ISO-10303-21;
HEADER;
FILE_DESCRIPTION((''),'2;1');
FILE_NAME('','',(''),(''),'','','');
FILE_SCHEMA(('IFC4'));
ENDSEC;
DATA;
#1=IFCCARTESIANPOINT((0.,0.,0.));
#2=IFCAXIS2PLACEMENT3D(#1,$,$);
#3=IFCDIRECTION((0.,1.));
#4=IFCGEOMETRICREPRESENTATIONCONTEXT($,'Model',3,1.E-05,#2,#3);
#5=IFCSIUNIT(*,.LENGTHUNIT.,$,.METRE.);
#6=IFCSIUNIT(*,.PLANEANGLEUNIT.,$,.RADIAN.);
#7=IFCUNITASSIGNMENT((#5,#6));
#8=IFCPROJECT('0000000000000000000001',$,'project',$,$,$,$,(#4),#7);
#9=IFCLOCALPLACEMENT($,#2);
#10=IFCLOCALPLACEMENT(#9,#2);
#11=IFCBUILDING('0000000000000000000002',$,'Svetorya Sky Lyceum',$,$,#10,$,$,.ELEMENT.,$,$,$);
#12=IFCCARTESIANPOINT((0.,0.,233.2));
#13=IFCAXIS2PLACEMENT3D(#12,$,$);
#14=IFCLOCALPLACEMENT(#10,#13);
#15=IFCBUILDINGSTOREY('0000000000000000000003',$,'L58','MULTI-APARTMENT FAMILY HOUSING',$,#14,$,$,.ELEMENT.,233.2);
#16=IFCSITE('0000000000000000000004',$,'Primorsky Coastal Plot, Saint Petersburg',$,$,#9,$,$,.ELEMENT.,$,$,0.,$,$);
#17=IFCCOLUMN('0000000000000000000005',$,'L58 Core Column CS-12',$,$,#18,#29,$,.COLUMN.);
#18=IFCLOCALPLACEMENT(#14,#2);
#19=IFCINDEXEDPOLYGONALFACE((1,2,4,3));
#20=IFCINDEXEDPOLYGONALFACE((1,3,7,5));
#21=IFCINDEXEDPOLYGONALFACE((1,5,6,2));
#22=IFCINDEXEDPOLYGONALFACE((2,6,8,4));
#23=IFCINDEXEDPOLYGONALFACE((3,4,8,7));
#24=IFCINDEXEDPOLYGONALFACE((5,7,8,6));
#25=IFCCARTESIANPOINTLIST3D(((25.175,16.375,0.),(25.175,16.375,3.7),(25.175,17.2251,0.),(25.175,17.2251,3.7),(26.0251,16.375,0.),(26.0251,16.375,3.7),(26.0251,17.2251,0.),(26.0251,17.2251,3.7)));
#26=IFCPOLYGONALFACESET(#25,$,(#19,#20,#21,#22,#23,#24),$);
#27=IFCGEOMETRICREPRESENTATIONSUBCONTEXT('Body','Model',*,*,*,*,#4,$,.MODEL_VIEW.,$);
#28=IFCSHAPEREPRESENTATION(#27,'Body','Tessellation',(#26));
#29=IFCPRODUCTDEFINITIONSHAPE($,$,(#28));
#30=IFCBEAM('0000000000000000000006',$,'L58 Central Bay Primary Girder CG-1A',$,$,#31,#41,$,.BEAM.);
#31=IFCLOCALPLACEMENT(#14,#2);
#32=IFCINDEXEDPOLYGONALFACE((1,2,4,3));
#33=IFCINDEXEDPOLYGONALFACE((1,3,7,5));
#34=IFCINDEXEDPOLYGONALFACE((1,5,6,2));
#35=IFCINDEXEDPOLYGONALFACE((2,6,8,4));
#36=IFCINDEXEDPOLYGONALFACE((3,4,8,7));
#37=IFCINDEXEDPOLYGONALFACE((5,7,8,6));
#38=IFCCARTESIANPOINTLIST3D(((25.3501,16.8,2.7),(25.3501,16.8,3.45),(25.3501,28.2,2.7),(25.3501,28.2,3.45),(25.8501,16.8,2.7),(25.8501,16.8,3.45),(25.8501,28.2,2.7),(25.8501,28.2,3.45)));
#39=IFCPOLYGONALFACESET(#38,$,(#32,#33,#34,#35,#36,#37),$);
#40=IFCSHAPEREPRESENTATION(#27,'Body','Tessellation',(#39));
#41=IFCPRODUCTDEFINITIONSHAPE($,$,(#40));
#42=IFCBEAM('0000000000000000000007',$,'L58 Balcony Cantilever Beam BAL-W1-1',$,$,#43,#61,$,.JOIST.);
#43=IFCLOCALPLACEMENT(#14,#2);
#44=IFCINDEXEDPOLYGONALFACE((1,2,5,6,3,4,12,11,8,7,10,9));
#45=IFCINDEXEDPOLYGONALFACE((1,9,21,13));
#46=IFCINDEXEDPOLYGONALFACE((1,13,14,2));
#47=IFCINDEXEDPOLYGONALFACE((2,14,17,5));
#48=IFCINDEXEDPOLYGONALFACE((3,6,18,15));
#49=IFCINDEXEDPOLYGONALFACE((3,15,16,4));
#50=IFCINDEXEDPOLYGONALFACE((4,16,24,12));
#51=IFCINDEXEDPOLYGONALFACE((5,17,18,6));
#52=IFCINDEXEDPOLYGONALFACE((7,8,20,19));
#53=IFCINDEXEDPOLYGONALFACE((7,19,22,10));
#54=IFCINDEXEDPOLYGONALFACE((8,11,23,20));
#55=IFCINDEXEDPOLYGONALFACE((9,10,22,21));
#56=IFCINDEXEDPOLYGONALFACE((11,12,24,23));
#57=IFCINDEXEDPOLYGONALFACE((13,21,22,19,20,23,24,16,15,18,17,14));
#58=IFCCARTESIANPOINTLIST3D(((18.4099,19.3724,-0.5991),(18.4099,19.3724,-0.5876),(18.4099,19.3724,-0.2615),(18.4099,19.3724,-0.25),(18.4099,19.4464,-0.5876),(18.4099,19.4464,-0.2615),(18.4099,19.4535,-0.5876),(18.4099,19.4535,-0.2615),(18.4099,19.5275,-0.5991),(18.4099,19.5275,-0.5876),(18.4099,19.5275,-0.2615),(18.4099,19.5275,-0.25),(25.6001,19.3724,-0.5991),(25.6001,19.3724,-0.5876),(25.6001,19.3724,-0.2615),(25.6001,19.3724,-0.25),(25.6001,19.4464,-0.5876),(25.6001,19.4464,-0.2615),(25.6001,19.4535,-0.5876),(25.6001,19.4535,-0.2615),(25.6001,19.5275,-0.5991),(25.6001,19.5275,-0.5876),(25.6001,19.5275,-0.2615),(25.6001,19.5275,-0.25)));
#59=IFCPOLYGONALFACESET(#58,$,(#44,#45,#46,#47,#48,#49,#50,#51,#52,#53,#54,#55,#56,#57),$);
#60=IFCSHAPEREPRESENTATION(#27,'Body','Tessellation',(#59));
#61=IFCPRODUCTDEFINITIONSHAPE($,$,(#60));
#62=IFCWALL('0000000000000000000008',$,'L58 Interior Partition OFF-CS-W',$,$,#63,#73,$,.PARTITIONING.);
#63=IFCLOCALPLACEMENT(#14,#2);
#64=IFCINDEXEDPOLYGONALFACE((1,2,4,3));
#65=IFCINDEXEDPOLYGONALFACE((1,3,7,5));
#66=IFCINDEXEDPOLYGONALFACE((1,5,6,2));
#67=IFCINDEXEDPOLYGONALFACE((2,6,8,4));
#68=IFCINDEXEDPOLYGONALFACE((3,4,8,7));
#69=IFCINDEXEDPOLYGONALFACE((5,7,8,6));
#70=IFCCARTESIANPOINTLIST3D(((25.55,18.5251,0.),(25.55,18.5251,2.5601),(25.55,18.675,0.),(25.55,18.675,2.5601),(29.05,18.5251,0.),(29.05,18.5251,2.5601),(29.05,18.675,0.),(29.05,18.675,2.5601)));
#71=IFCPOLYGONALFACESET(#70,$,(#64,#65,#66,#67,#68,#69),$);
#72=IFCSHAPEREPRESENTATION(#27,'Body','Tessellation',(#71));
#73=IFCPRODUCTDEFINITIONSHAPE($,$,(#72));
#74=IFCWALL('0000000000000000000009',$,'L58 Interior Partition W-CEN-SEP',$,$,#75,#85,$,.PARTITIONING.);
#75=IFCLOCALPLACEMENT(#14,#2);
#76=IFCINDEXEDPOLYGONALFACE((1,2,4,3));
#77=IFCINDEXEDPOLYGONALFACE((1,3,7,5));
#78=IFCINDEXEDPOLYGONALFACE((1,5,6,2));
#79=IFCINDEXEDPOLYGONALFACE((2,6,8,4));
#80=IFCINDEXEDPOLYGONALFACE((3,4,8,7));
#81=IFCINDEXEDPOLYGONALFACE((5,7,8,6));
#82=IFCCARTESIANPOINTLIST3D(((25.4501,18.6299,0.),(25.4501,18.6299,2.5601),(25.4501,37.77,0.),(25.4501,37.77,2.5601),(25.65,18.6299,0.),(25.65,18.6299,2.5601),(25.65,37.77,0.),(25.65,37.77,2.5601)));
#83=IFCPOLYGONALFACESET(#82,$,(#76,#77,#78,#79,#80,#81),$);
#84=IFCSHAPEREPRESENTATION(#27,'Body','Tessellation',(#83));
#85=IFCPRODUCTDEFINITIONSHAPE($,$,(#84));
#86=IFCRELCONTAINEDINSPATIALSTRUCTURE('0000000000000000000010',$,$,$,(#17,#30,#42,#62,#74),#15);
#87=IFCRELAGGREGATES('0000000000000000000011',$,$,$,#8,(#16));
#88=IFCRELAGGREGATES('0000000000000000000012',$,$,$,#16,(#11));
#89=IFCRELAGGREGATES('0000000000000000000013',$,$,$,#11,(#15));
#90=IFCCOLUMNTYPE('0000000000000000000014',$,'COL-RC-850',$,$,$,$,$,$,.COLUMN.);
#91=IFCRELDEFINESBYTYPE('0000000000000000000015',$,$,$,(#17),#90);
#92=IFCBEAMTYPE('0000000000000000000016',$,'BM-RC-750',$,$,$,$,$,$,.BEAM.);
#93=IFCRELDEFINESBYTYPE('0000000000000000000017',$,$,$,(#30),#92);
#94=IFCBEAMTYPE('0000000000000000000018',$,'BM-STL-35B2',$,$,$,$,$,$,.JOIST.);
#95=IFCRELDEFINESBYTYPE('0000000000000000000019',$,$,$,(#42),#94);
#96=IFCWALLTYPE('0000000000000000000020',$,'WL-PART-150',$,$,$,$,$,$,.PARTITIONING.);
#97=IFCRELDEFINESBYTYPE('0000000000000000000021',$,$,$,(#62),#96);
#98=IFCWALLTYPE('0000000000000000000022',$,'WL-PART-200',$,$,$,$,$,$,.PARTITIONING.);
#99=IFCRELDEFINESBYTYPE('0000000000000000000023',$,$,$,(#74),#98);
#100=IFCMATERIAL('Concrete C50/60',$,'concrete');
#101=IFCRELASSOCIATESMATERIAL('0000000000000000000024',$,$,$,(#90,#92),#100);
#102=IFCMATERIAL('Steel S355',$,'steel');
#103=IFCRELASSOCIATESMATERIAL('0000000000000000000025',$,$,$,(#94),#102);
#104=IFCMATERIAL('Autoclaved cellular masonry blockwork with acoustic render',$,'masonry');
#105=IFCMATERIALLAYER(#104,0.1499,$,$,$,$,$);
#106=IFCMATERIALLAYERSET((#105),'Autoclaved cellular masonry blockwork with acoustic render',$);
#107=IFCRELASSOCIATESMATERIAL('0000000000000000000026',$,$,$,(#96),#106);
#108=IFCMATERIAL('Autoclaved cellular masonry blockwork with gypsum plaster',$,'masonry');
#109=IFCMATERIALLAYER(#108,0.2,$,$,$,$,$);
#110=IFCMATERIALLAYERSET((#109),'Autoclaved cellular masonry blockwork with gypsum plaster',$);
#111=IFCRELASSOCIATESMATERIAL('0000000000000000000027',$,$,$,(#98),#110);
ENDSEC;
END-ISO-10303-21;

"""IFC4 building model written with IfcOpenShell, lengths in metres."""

from ifc_helpers import new_model, si_unit, direction, frame, frame_2d, origin, origin_2d, place, context, subcontext, project, spatial, rectangle, i_section, extrude, material, layer, layer_set, material_profile, profile_set, type_object, element, save


model = new_model("IFC4")

# Units and contexts
model_context = context("Model", 3, precision=1e-05, world=origin(), true_north=direction((0.0, 1.0)))
body_context = subcontext(model_context, "Body", "Model", "MODEL_VIEW")
ifc_project = project(units=[si_unit("LENGTHUNIT", "METRE"), si_unit("PLANEANGLEUNIT", "RADIAN")], contexts=[model_context])

# Site, building, storey
site_placement = place(None, origin())
site = spatial("IfcSite", under=ifc_project, at=site_placement, Name="Primorsky Coastal Plot, Saint Petersburg", CompositionType="ELEMENT", RefElevation=0.0)
building_placement = place(site_placement, origin())
building = spatial("IfcBuilding", under=site, at=building_placement, Name="Svetorya Sky Lyceum", CompositionType="ELEMENT")
storey_placement = place(building_placement, frame((0.0, 0.0, 233.2)))
storey = spatial("IfcBuildingStorey", under=building, at=storey_placement, Name="L58", Description="MULTI-APARTMENT FAMILY HOUSING", CompositionType="ELEMENT", Elevation=233.2)

# Column
ifc_material_1 = material(Name="Concrete C50/60", Category="concrete")
ifc_material_profile_1 = material_profile(ifc_material_1, rectangle(XDim=0.8501, YDim=0.8501, at=origin_2d()), Name="RC COL 850x850")
ifc_profile_set_1 = profile_set([ifc_material_profile_1], Name="Concrete C50/60")
column_type = type_object("IfcColumnType", Name="COL-RC-850", PredefinedType="COLUMN", material=ifc_profile_set_1)
column_placement = place(storey_placement, frame((25.6001, 16.8, 0.0), z_axis=(0.0, 0.0, 1.0), x_axis=(1.0, 0.0, 0.0)))
element("IfcColumn", 1, at=column_placement, inside=storey, type_object=column_type, Name="L58 Core Column CS-12", PredefinedType="COLUMN", context=body_context, shape_type="SweptSolid", body=[
    extrude(rectangle(XDim=0.8501, YDim=0.8501, at=origin_2d()), origin(), (0.0, 0.0, 1.0), 3.7),
])

# Beams
ifc_material_profile_2 = material_profile(ifc_material_1, rectangle(XDim=0.5, YDim=0.75, at=origin_2d()), Name="RC BEAM 500x750")
ifc_profile_set_2 = profile_set([ifc_material_profile_2], Name="Concrete C50/60")
beam_type_1 = type_object("IfcBeamType", Name="BM-RC-750", PredefinedType="BEAM", material=ifc_profile_set_2)
beam_1_placement = place(storey_placement, frame((25.6001, 16.8, 3.075), z_axis=(0.0, 1.0, 0.0), x_axis=(-1.0, 0.0, 0.0)))
element("IfcBeam", 2, at=beam_1_placement, inside=storey, type_object=beam_type_1, Name="L58 Central Bay Primary Girder CG-1A", PredefinedType="BEAM", context=body_context, shape_type="SweptSolid", body=[
    extrude(rectangle(XDim=0.5, YDim=0.75, at=origin_2d()), origin(), (0.0, 0.0, 1.0), 11.3999),
])
ifc_material_2 = material(Name="Steel S355", Category="steel")
ifc_material_profile_3 = material_profile(ifc_material_2, i_section(OverallWidth=0.155, OverallDepth=0.3491, WebThickness=0.0071, FlangeThickness=0.0115, at=origin_2d()), Name="GOST 35B2")
ifc_profile_set_3 = profile_set([ifc_material_profile_3], Name="Steel S355")
beam_type_2 = type_object("IfcBeamType", Name="BM-STL-35B2", PredefinedType="JOIST", material=ifc_profile_set_3)
beam_2_placement = place(storey_placement, frame((25.6001, 19.45, -0.4246), z_axis=(-1.0, 0.0, 0.0), x_axis=(0.0, -1.0, 0.0)))
element("IfcBeam", 3, at=beam_2_placement, inside=storey, type_object=beam_type_2, Name="L58 Balcony Cantilever Beam BAL-W1-1", PredefinedType="JOIST", context=body_context, shape_type="SweptSolid", body=[
    extrude(i_section(OverallWidth=0.155, OverallDepth=0.3491, WebThickness=0.0071, FlangeThickness=0.0115, at=origin_2d()), origin(), (0.0, 0.0, 1.0), 7.1902),
])

# Walls
ifc_material_3 = material(Name="Autoclaved cellular masonry blockwork with acoustic render", Category="masonry")
ifc_layer_1 = layer(ifc_material_3, 0.1499)
ifc_layer_set_1 = layer_set([ifc_layer_1], Name="Autoclaved cellular masonry blockwork with acoustic render")
wall_type_1 = type_object("IfcWallType", Name="WL-PART-150", PredefinedType="PARTITIONING", material=ifc_layer_set_1)
wall_1_placement = place(storey_placement, frame((25.55, 18.6001, 0.0), z_axis=(0.0, 0.0, 1.0), x_axis=(1.0, 0.0, 0.0)))
element("IfcWall", 4, at=wall_1_placement, inside=storey, type_object=wall_type_1, Name="L58 Interior Partition OFF-CS-W", PredefinedType="PARTITIONING", context=body_context, shape_type="SweptSolid", body=[
    extrude(rectangle(XDim=3.5, YDim=0.1499, at=frame_2d((1.75, 0.0))), origin(), (0.0, 0.0, 1.0), 2.5601),
])
ifc_material_4 = material(Name="Autoclaved cellular masonry blockwork with gypsum plaster", Category="masonry")
ifc_layer_2 = layer(ifc_material_4, 0.2)
ifc_layer_set_2 = layer_set([ifc_layer_2], Name="Autoclaved cellular masonry blockwork with gypsum plaster")
wall_type_2 = type_object("IfcWallType", Name="WL-PART-200", PredefinedType="PARTITIONING", material=ifc_layer_set_2)
wall_2_placement = place(storey_placement, frame((25.55, 18.6299, 0.0), z_axis=(0.0, 0.0, 1.0), x_axis=(0.0, 1.0, 0.0)))
element("IfcWall", 5, at=wall_2_placement, inside=storey, type_object=wall_type_2, Name="L58 Interior Partition W-CEN-SEP", PredefinedType="PARTITIONING", context=body_context, shape_type="SweptSolid", body=[
    extrude(rectangle(XDim=19.1401, YDim=0.2, at=frame_2d((9.5701, 0.0))), origin(), (0.0, 0.0, 1.0), 2.5601),
])

save(model, "model.ifc")
